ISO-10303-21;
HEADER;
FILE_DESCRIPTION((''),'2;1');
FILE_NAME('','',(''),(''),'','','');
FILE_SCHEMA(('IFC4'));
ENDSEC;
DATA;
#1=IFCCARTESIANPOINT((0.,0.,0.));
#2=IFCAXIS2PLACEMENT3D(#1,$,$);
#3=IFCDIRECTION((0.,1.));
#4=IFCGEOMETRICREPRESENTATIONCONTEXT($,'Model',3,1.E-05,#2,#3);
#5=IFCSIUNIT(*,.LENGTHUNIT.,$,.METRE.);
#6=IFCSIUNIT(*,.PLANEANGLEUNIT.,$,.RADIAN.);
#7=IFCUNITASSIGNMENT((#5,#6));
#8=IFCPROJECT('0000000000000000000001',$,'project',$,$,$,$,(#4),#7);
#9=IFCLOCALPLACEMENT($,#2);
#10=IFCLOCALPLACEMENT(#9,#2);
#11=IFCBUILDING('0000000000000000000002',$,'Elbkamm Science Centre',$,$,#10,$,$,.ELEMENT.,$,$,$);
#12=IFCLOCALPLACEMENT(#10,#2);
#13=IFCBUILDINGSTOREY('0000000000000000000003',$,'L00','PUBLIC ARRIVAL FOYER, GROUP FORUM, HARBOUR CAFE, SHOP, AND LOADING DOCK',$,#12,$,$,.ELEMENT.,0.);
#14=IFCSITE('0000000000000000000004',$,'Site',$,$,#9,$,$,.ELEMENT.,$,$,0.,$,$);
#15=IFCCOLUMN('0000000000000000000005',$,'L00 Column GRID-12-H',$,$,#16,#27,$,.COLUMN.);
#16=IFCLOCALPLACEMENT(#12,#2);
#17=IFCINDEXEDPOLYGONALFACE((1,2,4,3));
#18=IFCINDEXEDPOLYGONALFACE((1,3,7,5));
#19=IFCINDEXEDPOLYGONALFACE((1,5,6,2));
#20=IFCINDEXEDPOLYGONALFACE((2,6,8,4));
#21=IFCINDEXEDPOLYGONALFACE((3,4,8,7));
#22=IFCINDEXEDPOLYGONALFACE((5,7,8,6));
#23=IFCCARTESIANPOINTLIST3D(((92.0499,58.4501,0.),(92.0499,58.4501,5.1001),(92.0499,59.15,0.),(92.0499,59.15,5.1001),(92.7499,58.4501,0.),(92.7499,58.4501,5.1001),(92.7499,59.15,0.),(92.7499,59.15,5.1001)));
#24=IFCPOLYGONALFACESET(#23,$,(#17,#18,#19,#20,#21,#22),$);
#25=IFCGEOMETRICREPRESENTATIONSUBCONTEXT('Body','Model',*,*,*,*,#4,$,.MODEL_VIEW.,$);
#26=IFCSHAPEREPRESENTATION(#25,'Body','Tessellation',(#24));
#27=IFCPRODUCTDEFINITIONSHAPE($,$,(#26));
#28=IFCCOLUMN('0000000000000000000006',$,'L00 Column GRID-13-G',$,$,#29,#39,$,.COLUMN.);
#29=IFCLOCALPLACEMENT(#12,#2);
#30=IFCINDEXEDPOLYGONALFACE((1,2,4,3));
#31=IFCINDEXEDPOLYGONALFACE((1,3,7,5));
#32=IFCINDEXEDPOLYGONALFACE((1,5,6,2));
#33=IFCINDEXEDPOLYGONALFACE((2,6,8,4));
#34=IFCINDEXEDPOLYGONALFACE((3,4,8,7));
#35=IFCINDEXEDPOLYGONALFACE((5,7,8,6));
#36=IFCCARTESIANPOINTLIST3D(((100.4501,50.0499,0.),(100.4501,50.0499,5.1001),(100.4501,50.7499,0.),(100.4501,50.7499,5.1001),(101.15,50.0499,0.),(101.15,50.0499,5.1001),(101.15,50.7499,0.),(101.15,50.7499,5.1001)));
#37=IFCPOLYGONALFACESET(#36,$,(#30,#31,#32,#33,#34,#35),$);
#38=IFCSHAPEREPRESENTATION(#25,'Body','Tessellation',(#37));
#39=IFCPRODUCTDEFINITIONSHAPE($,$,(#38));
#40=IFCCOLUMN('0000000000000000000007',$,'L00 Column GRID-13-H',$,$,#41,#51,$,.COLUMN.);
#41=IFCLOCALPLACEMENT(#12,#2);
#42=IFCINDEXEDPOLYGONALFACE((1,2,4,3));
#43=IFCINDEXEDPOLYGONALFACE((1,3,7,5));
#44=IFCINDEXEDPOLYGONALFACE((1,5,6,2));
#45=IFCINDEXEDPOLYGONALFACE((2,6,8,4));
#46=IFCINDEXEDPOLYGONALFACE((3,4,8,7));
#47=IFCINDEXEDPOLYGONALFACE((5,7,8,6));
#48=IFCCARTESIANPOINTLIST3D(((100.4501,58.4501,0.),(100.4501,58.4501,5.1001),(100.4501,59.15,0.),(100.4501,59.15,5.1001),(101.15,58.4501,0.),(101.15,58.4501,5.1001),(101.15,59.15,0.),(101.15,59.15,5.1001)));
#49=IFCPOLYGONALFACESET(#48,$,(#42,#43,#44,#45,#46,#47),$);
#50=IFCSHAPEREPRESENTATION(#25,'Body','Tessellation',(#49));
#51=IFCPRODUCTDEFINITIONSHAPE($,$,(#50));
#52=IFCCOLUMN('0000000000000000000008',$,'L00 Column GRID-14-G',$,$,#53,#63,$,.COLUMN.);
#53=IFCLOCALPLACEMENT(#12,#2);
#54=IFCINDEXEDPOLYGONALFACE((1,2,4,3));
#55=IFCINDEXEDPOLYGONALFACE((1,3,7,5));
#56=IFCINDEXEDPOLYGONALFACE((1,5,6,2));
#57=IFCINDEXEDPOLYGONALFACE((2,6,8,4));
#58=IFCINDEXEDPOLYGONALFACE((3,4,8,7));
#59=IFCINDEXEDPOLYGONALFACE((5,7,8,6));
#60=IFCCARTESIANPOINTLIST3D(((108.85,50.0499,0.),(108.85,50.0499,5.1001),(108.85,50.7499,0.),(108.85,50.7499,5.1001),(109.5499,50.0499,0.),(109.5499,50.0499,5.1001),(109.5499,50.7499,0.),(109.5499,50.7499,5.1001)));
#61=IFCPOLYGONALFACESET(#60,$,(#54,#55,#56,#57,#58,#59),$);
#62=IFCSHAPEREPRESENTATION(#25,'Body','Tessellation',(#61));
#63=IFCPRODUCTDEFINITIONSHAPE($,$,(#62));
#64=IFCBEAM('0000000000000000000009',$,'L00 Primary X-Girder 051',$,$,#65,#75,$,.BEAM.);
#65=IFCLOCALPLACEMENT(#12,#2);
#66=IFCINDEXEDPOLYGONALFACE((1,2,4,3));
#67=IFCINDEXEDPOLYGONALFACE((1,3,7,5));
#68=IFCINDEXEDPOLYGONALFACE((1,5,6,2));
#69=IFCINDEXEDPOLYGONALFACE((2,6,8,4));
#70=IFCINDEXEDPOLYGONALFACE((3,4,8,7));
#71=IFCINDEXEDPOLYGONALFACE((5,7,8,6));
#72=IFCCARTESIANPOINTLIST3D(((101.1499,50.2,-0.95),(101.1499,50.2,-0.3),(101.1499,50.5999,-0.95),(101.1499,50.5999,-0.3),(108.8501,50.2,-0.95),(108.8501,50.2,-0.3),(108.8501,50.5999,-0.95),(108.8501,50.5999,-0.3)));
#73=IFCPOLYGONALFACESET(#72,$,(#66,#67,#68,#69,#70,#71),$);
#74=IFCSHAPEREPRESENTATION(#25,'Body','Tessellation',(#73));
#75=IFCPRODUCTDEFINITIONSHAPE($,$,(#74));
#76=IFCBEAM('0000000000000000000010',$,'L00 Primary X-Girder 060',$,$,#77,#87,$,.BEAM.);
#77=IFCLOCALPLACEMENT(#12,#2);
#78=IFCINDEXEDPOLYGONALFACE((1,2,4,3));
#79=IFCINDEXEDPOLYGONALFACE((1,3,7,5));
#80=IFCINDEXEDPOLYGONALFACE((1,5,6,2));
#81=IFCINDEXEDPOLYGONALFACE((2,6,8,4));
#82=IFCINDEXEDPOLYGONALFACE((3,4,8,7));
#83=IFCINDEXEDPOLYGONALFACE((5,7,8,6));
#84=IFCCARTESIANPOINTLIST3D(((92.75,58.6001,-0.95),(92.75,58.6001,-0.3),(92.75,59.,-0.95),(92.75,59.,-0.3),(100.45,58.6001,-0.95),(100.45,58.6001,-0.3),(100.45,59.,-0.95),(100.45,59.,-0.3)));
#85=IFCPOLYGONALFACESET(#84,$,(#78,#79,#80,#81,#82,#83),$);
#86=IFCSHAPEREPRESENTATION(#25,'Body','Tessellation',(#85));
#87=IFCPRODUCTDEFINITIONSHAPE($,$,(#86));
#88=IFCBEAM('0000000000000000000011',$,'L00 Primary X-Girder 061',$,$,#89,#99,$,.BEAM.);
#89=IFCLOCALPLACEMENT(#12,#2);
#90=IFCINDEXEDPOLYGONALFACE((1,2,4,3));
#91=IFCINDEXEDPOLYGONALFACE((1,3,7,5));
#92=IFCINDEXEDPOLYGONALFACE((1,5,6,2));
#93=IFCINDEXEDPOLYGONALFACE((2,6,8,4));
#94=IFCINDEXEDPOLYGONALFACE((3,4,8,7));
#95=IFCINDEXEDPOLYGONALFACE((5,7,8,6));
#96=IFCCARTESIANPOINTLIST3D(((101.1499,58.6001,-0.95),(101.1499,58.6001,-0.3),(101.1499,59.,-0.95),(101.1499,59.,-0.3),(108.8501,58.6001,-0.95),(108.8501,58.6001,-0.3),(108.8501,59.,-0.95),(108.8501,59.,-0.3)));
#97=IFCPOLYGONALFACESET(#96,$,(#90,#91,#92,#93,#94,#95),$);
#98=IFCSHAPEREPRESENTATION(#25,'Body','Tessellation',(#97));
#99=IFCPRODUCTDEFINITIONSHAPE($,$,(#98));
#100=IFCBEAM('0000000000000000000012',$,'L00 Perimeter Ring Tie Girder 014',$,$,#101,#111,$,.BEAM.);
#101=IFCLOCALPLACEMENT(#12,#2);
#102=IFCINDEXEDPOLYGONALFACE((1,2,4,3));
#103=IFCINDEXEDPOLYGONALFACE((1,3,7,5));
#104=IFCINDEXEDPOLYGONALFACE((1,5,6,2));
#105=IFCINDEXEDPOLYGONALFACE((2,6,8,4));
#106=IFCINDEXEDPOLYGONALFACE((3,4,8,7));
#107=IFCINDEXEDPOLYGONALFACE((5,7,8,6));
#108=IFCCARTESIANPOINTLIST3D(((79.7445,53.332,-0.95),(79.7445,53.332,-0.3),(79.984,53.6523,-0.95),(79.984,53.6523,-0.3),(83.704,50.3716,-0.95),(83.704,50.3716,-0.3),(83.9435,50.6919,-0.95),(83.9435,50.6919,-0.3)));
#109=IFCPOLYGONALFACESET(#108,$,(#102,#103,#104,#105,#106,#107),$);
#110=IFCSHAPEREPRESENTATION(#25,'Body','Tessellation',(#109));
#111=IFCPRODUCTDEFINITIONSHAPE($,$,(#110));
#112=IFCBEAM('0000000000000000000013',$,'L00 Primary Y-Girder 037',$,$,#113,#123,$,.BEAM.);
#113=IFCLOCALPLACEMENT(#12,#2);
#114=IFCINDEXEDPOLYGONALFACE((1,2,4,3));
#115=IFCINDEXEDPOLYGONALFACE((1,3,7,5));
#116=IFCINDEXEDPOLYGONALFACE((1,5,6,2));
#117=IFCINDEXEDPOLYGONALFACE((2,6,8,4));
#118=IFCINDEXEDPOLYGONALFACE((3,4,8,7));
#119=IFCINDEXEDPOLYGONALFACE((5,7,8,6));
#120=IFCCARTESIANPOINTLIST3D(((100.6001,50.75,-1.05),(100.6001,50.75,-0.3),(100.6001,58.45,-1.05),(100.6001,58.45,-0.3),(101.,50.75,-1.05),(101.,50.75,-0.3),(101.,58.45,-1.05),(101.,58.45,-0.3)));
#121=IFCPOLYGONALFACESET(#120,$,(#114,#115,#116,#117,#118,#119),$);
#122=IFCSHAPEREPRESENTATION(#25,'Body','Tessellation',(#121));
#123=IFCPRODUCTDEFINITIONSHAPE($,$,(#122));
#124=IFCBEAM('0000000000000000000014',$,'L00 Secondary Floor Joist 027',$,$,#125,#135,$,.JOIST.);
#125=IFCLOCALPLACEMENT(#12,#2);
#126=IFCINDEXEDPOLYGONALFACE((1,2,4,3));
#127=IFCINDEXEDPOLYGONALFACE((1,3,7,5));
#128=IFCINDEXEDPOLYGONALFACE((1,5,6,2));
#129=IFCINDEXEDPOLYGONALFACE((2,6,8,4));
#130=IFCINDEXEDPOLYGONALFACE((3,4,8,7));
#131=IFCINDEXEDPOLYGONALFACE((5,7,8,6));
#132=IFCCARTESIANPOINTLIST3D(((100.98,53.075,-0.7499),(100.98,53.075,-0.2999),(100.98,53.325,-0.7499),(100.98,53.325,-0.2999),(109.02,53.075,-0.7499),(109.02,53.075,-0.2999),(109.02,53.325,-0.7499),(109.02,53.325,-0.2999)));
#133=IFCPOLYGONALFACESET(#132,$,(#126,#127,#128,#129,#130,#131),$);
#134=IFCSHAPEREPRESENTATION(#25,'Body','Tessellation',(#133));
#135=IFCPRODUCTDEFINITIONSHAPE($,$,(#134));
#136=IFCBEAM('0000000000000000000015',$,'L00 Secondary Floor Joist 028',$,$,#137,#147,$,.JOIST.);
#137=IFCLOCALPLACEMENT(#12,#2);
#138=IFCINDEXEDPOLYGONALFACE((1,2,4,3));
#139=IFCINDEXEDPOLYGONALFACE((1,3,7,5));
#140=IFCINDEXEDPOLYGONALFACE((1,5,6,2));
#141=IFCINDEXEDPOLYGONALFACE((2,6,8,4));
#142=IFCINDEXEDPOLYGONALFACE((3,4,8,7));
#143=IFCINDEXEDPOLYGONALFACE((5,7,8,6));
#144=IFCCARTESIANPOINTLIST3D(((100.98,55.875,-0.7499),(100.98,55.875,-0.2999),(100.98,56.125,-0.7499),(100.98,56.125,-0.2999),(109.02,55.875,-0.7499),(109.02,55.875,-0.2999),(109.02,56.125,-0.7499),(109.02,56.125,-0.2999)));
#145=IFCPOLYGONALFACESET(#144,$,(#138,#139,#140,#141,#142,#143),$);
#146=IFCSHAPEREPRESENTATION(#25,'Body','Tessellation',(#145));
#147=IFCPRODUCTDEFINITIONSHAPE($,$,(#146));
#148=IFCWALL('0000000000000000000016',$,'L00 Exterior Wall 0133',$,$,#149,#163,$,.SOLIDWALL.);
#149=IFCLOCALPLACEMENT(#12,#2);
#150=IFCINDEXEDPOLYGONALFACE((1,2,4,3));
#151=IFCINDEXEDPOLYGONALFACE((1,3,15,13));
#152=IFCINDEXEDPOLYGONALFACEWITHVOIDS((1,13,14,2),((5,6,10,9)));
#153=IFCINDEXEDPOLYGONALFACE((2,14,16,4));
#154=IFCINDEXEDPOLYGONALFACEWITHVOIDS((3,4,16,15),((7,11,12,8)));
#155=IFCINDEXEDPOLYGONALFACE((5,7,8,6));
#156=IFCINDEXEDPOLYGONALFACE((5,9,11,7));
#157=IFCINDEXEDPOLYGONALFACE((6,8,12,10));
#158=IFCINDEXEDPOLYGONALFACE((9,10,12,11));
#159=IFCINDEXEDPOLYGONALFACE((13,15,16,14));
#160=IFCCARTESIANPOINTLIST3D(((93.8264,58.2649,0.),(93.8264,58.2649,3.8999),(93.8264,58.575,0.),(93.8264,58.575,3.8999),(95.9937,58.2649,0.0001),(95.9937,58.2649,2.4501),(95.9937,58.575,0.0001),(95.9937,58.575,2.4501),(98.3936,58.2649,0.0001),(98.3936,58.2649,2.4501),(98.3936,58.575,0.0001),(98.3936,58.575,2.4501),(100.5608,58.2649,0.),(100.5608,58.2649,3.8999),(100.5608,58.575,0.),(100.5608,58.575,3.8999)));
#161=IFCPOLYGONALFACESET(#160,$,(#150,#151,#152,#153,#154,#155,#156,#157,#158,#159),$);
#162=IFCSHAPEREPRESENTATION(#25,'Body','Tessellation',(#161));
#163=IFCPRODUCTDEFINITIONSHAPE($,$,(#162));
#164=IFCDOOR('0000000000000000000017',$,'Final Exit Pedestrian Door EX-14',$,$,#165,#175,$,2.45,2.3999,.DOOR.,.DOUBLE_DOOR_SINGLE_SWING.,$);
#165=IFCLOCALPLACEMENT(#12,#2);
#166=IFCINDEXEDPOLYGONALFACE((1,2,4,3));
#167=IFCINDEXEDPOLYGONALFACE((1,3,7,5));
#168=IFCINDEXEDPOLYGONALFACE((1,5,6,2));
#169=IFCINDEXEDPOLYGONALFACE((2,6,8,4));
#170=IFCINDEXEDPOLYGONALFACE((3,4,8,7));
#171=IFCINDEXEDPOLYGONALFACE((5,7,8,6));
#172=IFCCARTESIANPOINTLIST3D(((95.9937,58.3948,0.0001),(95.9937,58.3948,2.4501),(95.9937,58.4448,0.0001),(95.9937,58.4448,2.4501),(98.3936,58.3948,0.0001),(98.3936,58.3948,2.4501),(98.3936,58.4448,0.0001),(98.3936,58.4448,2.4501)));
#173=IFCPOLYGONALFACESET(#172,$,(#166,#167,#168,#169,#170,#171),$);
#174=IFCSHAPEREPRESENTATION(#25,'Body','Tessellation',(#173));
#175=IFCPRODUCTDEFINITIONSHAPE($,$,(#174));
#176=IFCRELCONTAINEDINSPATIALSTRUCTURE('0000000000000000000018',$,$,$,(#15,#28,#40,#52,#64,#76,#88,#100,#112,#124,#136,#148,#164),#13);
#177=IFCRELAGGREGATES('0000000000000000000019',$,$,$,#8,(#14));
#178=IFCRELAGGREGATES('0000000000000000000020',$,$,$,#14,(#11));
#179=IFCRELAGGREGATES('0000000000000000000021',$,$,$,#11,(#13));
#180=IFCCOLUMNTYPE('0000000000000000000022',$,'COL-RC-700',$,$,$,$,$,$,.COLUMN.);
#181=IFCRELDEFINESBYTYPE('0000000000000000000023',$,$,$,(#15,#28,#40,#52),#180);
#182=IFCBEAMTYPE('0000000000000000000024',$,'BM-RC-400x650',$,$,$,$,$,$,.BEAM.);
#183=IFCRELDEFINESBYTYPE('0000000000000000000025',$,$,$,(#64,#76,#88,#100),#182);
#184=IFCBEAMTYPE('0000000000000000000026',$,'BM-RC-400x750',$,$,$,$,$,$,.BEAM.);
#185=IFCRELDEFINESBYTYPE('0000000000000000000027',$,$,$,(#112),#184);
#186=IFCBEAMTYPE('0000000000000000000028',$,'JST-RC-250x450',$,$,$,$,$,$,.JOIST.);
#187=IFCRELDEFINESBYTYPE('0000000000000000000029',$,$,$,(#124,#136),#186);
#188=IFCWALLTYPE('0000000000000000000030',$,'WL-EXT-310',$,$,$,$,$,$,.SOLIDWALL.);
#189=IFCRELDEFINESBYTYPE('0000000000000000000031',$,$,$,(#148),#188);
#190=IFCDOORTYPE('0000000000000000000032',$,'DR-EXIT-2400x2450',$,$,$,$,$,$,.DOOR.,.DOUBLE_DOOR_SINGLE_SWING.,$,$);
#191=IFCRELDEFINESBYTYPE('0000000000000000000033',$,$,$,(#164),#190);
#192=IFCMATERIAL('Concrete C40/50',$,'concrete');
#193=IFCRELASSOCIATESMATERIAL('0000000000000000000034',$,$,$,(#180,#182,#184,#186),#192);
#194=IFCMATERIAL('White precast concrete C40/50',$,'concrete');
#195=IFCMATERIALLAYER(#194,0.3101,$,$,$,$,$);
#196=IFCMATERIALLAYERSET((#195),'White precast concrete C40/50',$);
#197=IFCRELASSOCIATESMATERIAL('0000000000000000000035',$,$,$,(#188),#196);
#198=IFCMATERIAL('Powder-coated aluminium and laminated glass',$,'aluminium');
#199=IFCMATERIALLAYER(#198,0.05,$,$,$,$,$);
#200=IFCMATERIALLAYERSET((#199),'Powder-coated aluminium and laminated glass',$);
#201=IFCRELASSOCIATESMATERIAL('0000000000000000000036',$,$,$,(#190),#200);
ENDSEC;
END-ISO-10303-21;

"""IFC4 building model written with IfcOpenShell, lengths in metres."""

from ifc_helpers import new_model, si_unit, direction, frame, frame_2d, origin, origin_2d, place, context, subcontext, project, spatial, rectangle, extrude, material, layer, layer_set, material_profile, profile_set, type_object, element, fill, save


model = new_model("IFC4")

# Units and contexts
model_context = context("Model", 3, precision=1e-05, world=origin(), true_north=direction((0.0, 1.0)))
body_context = subcontext(model_context, "Body", "Model", "MODEL_VIEW")
ifc_project = project(units=[si_unit("LENGTHUNIT", "METRE"), si_unit("PLANEANGLEUNIT", "RADIAN")], contexts=[model_context])

# Site, building, storey
site_placement = place(None, origin())
site = spatial("IfcSite", under=ifc_project, at=site_placement, Name="Site", CompositionType="ELEMENT", RefElevation=0.0)
building_placement = place(site_placement, origin())
building = spatial("IfcBuilding", under=site, at=building_placement, Name="Elbkamm Science Centre", CompositionType="ELEMENT")
storey_placement = place(building_placement, origin())
storey = spatial("IfcBuildingStorey", under=building, at=storey_placement, Name="L00", Description="PUBLIC ARRIVAL FOYER, GROUP FORUM, HARBOUR CAFE, SHOP, AND LOADING DOCK", CompositionType="ELEMENT", Elevation=0.0)

# Columns
ifc_material_1 = material(Name="Concrete C40/50", Category="concrete")
ifc_material_profile_1 = material_profile(ifc_material_1, rectangle(XDim=0.7, YDim=0.7, at=origin_2d()), Name="RC 700x700")
ifc_profile_set_1 = profile_set([ifc_material_profile_1], Name="Concrete C40/50")
column_type = type_object("IfcColumnType", Name="COL-RC-700", PredefinedType="COLUMN", material=ifc_profile_set_1)
for number, where, z_axis, x_axis, name in (
    (1, (92.3999, 58.8, 0.0), (0.0, 0.0, 1.0), (1.0, 0.0, 0.0), "L00 Column GRID-12-H"),
    (2, (100.8, 50.3999, 0.0), (0.0, 0.0, 1.0), (1.0, 0.0, 0.0), "L00 Column GRID-13-G"),
    (3, (100.8, 58.8, 0.0), (0.0, 0.0, 1.0), (1.0, 0.0, 0.0), "L00 Column GRID-13-H"),
    (4, (109.2, 50.3999, 0.0), (0.0, 0.0, 1.0), (1.0, 0.0, 0.0), "L00 Column GRID-14-G"),
):
    element("IfcColumn", number, at=place(storey_placement, frame(where, z_axis=z_axis, x_axis=x_axis)), inside=storey, type_object=column_type, Name=name, PredefinedType="COLUMN", context=body_context, shape_type="SweptSolid", body=[
        extrude(rectangle(XDim=0.7, YDim=0.7, at=origin_2d()), origin(), (0.0, 0.0, 1.0), 5.1001),
    ])

# Beams
ifc_material_profile_2 = material_profile(ifc_material_1, rectangle(XDim=0.3999, YDim=0.6499, at=origin_2d()), Name="RC 400x650")
ifc_profile_set_2 = profile_set([ifc_material_profile_2], Name="Concrete C40/50")
beam_type_1 = type_object("IfcBeamType", Name="BM-RC-400x650", PredefinedType="BEAM", material=ifc_profile_set_2)
beam_1_placement = place(storey_placement, frame((101.1499, 50.3999, -0.625), z_axis=(1.0, 0.0, 0.0), x_axis=(0.0, 1.0, 0.0)))
element("IfcBeam", 5, at=beam_1_placement, inside=storey, type_object=beam_type_1, Name="L00 Primary X-Girder 051", PredefinedType="BEAM", context=body_context, shape_type="SweptSolid", body=[
    extrude(rectangle(XDim=0.3999, YDim=0.6499, at=origin_2d()), origin(), (0.0, 0.0, 1.0), 7.7002),
])
beam_2_placement = place(storey_placement, frame((92.75, 58.8, -0.625), z_axis=(1.0, 0.0, 0.0), x_axis=(0.0, 1.0, 0.0)))
element("IfcBeam", 6, at=beam_2_placement, inside=storey, type_object=beam_type_1, Name="L00 Primary X-Girder 060", PredefinedType="BEAM", context=body_context, shape_type="SweptSolid", body=[
    extrude(rectangle(XDim=0.3999, YDim=0.6499, at=origin_2d()), origin(), (0.0, 0.0, 1.0), 7.7),
])
beam_3_placement = place(storey_placement, frame((101.1499, 58.8, -0.625), z_axis=(1.0, 0.0, 0.0), x_axis=(0.0, 1.0, 0.0)))
element("IfcBeam", 7, at=beam_3_placement, inside=storey, type_object=beam_type_1, Name="L00 Primary X-Girder 061", PredefinedType="BEAM", context=body_context, shape_type="SweptSolid", body=[
    extrude(rectangle(XDim=0.3999, YDim=0.6499, at=origin_2d()), origin(), (0.0, 0.0, 1.0), 7.7002),
])
beam_4_placement = place(storey_placement, frame((83.8237, 50.5317, -0.625), z_axis=(-0.800888, 0.598814, 0.0), x_axis=(-0.598814, -0.800888, 0.0)))
element("IfcBeam", 8, at=beam_4_placement, inside=storey, type_object=beam_type_1, Name="L00 Perimeter Ring Tie Girder 014", PredefinedType="BEAM", context=body_context, shape_type="SweptSolid", body=[
    extrude(rectangle(XDim=0.3999, YDim=0.6499, at=origin_2d()), origin(), (0.0, 0.0, 1.0), 4.9438),
])
ifc_material_profile_3 = material_profile(ifc_material_1, rectangle(XDim=0.3999, YDim=0.75, at=origin_2d()), Name="RC 400x750")
ifc_profile_set_3 = profile_set([ifc_material_profile_3], Name="Concrete C40/50")
beam_type_2 = type_object("IfcBeamType", Name="BM-RC-400x750", PredefinedType="BEAM", material=ifc_profile_set_3)
beam_5_placement = place(storey_placement, frame((100.8, 50.75, -0.675), z_axis=(0.0, 1.0, 0.0), x_axis=(-1.0, 0.0, 0.0)))
element("IfcBeam", 9, at=beam_5_placement, inside=storey, type_object=beam_type_2, Name="L00 Primary Y-Girder 037", PredefinedType="BEAM", context=body_context, shape_type="SweptSolid", body=[
    extrude(rectangle(XDim=0.3999, YDim=0.75, at=origin_2d()), origin(), (0.0, 0.0, 1.0), 7.7),
])
ifc_material_profile_4 = material_profile(ifc_material_1, rectangle(XDim=0.25, YDim=0.45, at=origin_2d()), Name="RC 250x450")
ifc_profile_set_4 = profile_set([ifc_material_profile_4], Name="Concrete C40/50")
beam_type_3 = type_object("IfcBeamType", Name="JST-RC-250x450", PredefinedType="JOIST", material=ifc_profile_set_4)
for number, where, z_axis, x_axis, name in (
    (10, (100.98, 53.2, -0.5249), (1.0, 0.0, 0.0), (0.0, 1.0, 0.0), "L00 Secondary Floor Joist 027"),
    (11, (100.98, 56.0, -0.5249), (1.0, 0.0, 0.0), (0.0, 1.0, 0.0), "L00 Secondary Floor Joist 028"),
):
    element("IfcBeam", number, at=place(storey_placement, frame(where, z_axis=z_axis, x_axis=x_axis)), inside=storey, type_object=beam_type_3, Name=name, PredefinedType="JOIST", context=body_context, shape_type="SweptSolid", body=[
        extrude(rectangle(XDim=0.25, YDim=0.45, at=origin_2d()), origin(), (0.0, 0.0, 1.0), 8.04),
    ])

# Wall, opening, door
ifc_material_2 = material(Name="White precast concrete C40/50", Category="concrete")
ifc_layer_1 = layer(ifc_material_2, 0.3101)
ifc_layer_set_1 = layer_set([ifc_layer_1], Name="White precast concrete C40/50")
wall_type_1 = type_object("IfcWallType", Name="WL-EXT-310", PredefinedType="SOLIDWALL", material=ifc_layer_set_1)
wall_1_placement = place(storey_placement, frame((93.8264, 58.4199, 0.0), z_axis=(0.0, 0.0, 1.0), x_axis=(1.0, 0.0, 0.0)))
wall_1 = element("IfcWall", 12, at=wall_1_placement, inside=storey, type_object=wall_type_1, Name="L00 Exterior Wall 0133", PredefinedType="SOLIDWALL", context=body_context, shape_type="SweptSolid", body=[
    extrude(rectangle(XDim=6.7344, YDim=0.3101, at=frame_2d((3.3672, 0.0))), origin(), (0.0, 0.0, 1.0), 3.8999),
])
opening_1_placement = place(wall_1_placement, frame((2.1672, 0.0, 0.0)))
opening_1 = element("IfcOpeningElement", 13, at=opening_1_placement, cuts=wall_1, PredefinedType="OPENING", context=body_context, shape_type="SweptSolid", body=[
    extrude(rectangle(XDim=2.3999, YDim=2.45, at=frame_2d((1.2, 1.2251))), frame((0.0, 0.167, 0.0), z_axis=(0.0, -1.0, 0.0), x_axis=(1.0, 0.0, 0.0)), (0.0, 0.0, 1.0), 0.334),
])
ifc_material_3 = material(Name="Powder-coated aluminium and laminated glass", Category="aluminium")
ifc_layer_2 = layer(ifc_material_3, 0.05)
ifc_layer_set_2 = layer_set([ifc_layer_2], Name="Powder-coated aluminium and laminated glass")
door_type_1 = type_object("IfcDoorType", Name="DR-EXIT-2400x2450", OperationType="DOUBLE_DOOR_SINGLE_SWING", PredefinedType="DOOR", material=ifc_layer_set_2)
door_1_placement = place(opening_1_placement, origin())
door_1 = element("IfcDoor", 14, at=door_1_placement, inside=storey, type_object=door_type_1, Name="Final Exit Pedestrian Door EX-14", OperationType="DOUBLE_DOOR_SINGLE_SWING", OverallHeight=2.45, OverallWidth=2.3999, PredefinedType="DOOR", context=body_context, shape_type="SweptSolid", body=[
    extrude(rectangle(XDim=2.3999, YDim=2.45, at=frame_2d((1.2, 1.2251))), frame((0.0, 0.0249, 0.0), z_axis=(0.0, -1.0, 0.0), x_axis=(1.0, 0.0, 0.0)), (0.0, 0.0, 1.0), 0.05),
])
fill(opening_1, door_1)

save(model, "model.ifc")
